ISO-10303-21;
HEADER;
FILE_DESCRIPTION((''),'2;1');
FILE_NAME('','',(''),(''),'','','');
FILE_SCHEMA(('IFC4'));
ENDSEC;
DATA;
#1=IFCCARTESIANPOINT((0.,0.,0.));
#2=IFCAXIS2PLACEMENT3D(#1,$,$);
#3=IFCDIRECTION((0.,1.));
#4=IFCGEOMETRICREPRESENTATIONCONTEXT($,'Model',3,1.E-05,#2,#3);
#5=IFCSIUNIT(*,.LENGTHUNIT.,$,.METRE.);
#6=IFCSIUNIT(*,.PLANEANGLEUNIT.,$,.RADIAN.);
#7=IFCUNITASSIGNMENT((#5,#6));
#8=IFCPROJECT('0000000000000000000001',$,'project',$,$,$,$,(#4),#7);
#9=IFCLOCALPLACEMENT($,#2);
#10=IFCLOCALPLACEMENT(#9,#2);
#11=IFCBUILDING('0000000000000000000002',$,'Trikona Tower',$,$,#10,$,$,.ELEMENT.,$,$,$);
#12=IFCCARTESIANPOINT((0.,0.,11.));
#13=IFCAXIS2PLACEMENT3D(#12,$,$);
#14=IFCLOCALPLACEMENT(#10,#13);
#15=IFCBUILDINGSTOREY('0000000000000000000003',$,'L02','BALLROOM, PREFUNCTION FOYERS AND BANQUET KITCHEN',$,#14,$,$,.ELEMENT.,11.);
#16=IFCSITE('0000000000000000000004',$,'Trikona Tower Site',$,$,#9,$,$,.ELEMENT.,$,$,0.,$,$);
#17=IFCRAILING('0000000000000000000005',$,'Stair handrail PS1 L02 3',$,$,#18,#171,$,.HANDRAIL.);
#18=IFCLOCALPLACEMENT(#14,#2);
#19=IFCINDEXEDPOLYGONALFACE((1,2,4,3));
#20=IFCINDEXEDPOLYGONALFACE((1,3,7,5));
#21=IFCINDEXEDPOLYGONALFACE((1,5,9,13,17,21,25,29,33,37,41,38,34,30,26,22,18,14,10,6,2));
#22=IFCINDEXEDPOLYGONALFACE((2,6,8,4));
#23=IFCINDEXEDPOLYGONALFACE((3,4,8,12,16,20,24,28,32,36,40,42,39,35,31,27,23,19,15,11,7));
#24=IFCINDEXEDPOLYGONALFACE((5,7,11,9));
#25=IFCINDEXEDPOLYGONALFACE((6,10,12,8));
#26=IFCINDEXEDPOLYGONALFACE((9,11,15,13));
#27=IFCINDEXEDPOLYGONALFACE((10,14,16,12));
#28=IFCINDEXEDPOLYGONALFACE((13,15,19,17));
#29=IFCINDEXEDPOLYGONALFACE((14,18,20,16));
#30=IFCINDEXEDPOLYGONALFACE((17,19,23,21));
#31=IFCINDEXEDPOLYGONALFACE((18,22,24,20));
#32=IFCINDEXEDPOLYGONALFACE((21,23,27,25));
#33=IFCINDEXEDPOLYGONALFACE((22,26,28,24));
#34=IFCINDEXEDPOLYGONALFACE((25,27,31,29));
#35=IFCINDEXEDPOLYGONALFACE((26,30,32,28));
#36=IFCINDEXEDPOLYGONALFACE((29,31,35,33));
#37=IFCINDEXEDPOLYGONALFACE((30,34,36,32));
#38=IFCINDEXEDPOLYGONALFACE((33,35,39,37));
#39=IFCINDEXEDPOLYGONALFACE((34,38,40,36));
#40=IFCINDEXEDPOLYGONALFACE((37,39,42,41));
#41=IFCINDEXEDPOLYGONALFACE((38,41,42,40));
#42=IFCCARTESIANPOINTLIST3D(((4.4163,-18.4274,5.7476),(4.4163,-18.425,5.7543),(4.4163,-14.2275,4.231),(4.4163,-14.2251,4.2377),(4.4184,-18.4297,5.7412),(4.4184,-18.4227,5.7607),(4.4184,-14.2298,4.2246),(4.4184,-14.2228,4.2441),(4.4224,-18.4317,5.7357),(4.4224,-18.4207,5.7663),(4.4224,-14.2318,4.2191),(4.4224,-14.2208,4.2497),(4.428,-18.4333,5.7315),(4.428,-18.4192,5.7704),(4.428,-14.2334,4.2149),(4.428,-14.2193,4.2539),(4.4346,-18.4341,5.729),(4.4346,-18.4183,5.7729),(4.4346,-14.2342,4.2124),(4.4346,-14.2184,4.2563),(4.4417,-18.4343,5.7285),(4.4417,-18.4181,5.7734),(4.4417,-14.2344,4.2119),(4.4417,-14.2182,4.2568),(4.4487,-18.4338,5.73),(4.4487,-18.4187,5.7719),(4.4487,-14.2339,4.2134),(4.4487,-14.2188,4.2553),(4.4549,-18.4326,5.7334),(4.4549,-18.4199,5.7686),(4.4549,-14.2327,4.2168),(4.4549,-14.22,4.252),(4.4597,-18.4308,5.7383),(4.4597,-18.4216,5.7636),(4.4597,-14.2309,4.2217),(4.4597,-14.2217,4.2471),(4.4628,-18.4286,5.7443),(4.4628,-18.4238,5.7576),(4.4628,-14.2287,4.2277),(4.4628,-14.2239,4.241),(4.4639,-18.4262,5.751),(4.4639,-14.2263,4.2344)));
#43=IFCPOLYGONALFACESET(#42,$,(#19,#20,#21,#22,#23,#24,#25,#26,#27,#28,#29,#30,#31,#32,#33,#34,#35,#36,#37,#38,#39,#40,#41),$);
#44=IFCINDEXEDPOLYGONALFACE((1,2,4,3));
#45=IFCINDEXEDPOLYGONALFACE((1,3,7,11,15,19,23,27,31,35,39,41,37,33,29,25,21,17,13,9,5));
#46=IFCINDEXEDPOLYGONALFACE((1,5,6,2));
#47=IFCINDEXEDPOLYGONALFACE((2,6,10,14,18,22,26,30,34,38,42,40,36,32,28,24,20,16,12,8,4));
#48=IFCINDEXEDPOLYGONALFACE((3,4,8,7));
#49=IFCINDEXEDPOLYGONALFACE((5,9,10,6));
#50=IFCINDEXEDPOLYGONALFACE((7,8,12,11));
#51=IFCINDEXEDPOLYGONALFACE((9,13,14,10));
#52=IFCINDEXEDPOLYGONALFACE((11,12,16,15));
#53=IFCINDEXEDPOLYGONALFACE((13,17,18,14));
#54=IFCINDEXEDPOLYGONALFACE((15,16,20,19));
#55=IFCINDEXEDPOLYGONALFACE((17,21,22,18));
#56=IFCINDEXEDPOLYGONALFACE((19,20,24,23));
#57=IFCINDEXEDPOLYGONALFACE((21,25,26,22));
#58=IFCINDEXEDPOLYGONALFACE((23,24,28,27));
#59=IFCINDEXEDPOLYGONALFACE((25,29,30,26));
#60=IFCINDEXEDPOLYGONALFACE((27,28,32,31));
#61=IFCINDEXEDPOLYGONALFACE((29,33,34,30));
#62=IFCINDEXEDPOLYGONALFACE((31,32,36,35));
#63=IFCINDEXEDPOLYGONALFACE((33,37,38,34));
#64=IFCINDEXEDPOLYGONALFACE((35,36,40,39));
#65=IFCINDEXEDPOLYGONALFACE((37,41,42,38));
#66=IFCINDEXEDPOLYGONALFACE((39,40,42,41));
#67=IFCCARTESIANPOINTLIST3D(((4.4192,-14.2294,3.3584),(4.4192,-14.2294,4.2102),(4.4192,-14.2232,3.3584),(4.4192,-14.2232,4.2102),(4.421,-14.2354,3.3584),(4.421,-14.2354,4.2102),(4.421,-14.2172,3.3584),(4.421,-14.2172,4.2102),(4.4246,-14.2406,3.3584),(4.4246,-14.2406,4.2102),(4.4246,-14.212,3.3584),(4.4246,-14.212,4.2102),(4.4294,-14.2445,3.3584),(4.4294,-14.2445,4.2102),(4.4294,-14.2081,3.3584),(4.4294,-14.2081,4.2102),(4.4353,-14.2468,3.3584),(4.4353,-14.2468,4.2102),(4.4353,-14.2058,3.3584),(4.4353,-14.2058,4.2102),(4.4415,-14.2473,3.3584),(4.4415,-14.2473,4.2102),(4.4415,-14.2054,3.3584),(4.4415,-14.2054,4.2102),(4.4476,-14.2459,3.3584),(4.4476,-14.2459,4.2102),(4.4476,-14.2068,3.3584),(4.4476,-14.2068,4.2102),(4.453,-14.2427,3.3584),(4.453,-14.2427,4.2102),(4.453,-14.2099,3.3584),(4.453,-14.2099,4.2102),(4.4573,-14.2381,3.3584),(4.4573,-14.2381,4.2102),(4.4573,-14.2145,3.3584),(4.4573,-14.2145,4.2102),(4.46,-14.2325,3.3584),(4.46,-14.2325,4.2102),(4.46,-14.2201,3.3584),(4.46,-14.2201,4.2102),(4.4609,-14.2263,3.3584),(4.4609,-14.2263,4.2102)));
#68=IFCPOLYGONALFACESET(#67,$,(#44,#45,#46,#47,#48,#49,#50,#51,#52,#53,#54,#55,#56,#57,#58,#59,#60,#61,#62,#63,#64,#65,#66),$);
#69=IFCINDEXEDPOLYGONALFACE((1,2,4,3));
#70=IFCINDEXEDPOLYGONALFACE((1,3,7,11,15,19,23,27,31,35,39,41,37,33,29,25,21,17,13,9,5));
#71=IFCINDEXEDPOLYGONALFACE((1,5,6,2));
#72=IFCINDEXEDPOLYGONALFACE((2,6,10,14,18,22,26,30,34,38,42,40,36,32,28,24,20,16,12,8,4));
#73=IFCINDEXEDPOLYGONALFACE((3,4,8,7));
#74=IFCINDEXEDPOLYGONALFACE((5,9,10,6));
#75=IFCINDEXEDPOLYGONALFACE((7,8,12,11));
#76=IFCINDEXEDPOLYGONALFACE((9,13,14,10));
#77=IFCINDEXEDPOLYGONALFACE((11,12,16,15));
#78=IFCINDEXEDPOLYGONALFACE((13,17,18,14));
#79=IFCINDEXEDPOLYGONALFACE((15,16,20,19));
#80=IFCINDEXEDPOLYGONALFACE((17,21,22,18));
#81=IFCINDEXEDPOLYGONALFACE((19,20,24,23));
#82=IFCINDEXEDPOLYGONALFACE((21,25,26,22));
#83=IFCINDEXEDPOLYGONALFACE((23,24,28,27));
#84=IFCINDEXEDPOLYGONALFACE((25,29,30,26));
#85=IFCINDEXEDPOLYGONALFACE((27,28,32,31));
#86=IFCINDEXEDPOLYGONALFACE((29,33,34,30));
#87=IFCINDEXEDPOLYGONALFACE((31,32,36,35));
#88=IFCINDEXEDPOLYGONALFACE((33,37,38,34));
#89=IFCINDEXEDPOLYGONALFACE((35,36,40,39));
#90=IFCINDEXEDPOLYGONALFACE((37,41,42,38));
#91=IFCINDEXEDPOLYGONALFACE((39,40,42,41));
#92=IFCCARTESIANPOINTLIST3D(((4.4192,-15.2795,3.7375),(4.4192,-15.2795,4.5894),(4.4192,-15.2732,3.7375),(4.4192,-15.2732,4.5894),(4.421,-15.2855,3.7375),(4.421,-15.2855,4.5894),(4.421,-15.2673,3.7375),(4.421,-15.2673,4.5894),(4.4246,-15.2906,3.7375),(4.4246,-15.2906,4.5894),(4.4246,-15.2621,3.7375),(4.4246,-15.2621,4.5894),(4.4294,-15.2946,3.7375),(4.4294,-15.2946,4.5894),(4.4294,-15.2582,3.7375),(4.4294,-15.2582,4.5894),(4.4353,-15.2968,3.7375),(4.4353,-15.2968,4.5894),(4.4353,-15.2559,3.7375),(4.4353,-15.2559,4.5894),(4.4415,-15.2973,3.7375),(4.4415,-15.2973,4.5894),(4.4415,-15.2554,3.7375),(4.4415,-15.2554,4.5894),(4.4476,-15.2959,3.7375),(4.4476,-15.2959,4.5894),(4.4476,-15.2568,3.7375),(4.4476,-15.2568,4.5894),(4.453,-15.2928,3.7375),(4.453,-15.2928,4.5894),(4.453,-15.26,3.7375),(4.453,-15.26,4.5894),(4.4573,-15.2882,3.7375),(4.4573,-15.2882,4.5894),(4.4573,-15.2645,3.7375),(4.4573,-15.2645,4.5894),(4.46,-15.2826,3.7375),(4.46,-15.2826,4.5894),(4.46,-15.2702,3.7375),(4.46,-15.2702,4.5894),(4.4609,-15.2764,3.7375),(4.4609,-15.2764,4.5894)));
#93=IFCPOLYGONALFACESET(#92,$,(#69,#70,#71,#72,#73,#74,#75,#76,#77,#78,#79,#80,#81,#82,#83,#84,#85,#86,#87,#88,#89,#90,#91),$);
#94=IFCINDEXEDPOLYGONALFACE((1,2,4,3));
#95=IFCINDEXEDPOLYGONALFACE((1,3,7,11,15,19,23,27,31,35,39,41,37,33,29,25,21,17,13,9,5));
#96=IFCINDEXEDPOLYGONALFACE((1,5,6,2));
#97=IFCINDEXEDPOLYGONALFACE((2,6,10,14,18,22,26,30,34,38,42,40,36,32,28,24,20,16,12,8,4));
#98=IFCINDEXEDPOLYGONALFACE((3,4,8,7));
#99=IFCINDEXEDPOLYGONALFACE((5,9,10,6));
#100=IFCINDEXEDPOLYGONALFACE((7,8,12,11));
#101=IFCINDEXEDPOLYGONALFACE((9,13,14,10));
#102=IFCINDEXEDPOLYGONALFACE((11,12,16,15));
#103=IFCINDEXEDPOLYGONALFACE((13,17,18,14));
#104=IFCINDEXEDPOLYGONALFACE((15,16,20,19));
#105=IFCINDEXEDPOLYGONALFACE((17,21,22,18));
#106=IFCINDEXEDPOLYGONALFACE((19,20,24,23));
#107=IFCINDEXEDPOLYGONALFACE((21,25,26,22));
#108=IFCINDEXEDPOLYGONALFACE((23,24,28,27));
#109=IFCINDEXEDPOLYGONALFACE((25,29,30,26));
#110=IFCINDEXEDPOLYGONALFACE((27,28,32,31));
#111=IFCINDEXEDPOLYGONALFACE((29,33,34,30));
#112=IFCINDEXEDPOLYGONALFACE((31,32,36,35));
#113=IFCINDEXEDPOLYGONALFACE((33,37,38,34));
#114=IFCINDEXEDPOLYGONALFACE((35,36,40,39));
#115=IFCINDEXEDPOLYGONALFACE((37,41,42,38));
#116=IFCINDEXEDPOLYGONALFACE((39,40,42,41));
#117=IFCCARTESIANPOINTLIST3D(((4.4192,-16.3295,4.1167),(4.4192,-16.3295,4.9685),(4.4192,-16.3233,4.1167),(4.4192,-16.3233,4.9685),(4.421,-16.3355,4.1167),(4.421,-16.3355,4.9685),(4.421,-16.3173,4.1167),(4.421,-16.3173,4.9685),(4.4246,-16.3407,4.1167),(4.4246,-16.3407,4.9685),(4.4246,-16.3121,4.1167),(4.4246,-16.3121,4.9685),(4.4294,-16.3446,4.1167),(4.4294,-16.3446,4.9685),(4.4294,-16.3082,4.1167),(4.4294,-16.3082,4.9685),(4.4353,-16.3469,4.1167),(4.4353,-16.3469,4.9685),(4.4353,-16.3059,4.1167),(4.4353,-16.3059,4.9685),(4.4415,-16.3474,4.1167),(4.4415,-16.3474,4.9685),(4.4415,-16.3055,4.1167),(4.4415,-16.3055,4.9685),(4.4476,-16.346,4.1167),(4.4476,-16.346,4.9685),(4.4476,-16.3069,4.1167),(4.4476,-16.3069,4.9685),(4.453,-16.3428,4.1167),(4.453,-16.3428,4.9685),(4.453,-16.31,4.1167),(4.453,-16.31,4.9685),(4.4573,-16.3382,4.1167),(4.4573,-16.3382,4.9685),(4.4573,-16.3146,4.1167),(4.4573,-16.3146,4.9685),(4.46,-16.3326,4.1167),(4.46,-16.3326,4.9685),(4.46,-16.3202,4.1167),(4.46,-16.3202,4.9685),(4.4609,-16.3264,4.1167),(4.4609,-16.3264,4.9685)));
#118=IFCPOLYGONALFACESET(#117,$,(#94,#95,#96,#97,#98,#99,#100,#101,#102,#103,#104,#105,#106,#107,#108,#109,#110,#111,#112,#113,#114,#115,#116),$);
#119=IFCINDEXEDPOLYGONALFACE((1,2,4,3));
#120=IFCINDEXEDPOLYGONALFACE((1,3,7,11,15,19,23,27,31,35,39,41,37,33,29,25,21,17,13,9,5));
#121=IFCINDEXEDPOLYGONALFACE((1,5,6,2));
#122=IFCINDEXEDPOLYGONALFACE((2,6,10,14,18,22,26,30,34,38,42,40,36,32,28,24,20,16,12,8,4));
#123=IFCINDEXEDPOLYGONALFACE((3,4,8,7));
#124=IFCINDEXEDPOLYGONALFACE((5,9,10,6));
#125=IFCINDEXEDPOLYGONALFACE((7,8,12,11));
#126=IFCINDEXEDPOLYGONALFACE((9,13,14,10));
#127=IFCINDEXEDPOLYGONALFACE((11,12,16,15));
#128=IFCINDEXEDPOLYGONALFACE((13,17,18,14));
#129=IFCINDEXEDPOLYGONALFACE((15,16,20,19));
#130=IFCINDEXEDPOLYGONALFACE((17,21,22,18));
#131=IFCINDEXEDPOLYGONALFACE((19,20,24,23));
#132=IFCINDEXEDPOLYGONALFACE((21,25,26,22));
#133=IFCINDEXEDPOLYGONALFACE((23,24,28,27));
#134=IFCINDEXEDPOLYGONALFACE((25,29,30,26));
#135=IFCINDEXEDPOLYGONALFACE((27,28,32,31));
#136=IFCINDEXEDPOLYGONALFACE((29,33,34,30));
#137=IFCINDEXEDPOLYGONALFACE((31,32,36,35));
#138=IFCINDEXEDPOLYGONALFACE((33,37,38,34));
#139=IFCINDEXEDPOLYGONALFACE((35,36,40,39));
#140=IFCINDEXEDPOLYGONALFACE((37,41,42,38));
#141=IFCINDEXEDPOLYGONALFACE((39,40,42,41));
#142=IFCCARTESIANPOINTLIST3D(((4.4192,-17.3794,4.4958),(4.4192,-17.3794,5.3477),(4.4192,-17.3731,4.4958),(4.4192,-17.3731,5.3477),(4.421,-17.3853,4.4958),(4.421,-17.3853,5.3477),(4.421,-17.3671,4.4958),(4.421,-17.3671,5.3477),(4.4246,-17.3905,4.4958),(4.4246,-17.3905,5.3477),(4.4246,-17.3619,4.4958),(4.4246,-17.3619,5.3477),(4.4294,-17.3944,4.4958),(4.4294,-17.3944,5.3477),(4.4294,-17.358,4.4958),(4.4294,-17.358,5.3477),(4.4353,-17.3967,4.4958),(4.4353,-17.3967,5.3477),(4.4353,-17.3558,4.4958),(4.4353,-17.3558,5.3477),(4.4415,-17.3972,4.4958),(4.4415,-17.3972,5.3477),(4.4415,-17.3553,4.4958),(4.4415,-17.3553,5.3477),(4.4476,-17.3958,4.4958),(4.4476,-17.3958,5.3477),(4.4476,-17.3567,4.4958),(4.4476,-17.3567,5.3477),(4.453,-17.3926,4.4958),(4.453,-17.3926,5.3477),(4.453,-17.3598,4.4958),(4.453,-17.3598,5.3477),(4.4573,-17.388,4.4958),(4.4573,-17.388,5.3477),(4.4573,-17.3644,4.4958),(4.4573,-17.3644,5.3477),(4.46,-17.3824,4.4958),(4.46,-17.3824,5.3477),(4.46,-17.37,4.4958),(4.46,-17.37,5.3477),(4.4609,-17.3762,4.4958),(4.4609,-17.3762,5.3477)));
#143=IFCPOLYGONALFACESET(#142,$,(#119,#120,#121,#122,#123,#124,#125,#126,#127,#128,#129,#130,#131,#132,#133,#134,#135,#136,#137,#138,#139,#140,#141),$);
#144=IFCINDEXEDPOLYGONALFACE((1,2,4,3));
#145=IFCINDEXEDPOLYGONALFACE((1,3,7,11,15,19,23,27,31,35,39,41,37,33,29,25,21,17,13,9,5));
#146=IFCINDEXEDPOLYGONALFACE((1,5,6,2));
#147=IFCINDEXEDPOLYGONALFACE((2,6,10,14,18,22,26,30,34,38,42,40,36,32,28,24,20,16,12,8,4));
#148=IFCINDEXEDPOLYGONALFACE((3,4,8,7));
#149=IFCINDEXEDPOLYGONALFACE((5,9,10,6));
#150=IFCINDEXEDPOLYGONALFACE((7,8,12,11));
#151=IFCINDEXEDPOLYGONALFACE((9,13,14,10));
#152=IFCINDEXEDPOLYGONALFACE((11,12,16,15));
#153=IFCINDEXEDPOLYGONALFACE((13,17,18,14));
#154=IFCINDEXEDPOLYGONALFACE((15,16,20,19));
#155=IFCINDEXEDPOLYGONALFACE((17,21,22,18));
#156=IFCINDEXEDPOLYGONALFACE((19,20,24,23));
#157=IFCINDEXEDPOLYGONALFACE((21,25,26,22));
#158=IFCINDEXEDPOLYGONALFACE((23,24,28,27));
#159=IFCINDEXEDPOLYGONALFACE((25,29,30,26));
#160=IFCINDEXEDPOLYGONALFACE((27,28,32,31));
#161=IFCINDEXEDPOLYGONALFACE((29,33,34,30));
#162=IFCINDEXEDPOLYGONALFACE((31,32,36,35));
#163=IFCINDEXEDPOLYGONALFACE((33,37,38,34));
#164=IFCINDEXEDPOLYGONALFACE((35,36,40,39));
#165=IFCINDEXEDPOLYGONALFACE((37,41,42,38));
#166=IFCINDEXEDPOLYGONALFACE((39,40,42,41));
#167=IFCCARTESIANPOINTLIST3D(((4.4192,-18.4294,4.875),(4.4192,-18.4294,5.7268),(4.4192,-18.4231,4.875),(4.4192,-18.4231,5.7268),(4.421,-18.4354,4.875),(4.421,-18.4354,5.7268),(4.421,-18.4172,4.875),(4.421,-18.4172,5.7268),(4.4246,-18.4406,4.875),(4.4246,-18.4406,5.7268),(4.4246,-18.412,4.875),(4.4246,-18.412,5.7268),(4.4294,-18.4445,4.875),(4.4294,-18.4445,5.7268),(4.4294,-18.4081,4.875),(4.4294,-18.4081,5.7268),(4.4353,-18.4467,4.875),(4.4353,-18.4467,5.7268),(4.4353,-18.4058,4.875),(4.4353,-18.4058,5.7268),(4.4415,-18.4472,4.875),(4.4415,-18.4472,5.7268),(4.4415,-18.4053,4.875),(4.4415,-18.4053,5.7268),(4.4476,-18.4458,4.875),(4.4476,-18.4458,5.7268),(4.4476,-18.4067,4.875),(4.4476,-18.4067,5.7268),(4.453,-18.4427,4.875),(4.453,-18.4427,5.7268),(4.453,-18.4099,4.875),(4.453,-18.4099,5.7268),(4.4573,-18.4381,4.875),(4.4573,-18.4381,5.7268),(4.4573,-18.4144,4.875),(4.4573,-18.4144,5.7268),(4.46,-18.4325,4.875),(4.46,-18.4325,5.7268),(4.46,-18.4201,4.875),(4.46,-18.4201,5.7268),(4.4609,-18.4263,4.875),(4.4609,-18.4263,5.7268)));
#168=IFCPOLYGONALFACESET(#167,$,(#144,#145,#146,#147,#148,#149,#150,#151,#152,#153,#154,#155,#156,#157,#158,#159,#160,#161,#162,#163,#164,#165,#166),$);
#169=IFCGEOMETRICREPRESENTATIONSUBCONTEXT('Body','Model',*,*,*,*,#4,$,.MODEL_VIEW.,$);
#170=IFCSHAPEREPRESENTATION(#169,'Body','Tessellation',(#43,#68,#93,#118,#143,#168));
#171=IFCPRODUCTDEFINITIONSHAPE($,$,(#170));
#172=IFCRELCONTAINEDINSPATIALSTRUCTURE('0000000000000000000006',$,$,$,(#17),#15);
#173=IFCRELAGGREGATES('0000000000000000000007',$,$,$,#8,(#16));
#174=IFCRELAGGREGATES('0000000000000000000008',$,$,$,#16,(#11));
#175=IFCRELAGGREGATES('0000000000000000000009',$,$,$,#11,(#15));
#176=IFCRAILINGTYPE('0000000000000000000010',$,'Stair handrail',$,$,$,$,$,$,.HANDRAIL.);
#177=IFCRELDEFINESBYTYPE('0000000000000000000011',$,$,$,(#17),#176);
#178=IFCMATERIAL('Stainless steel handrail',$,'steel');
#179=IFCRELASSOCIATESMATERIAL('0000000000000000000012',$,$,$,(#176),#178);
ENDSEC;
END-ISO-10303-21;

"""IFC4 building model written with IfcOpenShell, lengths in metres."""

from ifc_helpers import new_model, si_unit, direction, frame, origin, origin_2d, place, context, subcontext, project, spatial, circle, extrude, material, type_object, element, save


model = new_model("IFC4")

# Units and contexts
model_context = context("Model", 3, precision=1e-05, world=origin(), true_north=direction((0.0, 1.0)))
body_context = subcontext(model_context, "Body", "Model", "MODEL_VIEW")
ifc_project = project(units=[si_unit("LENGTHUNIT", "METRE"), si_unit("PLANEANGLEUNIT", "RADIAN")], contexts=[model_context])

# Site, building, storey
site_placement = place(None, origin())
site = spatial("IfcSite", under=ifc_project, at=site_placement, Name="Trikona Tower Site", CompositionType="ELEMENT", RefElevation=0.0)
building_placement = place(site_placement, origin())
building = spatial("IfcBuilding", under=site, at=building_placement, Name="Trikona Tower", CompositionType="ELEMENT")
storey_placement = place(building_placement, frame((0.0, 0.0, 11.0)))
storey = spatial("IfcBuildingStorey", under=building, at=storey_placement, Name="L02", Description="BALLROOM, PREFUNCTION FOYERS AND BANQUET KITCHEN", CompositionType="ELEMENT", Elevation=11.0)

# Railing
ifc_material_1 = material(Name="Stainless steel handrail", Category="steel")
railing_type = type_object("IfcRailingType", Name="Stair handrail", PredefinedType="HANDRAIL", material=ifc_material_1)
railing_placement = place(storey_placement, frame((4.4399, -14.2263, 3.3584)))
element("IfcRailing", 1, at=railing_placement, inside=storey, type_object=railing_type, Name="Stair handrail PS1 L02 3", PredefinedType="HANDRAIL", context=body_context, shape_type="SweptSolid", body=[
    extrude(circle(Radius=0.0239, at=origin_2d()), frame((0.0, 0.0, 0.876), z_axis=(0.0, -0.940557, 0.339635), x_axis=(1.0, 0.0, 0.0)), (0.0, 0.0, 1.0), 4.4653),
    extrude(circle(Radius=0.021, at=origin_2d()), origin(), (0.0, 0.0, 1.0), 0.8518),
    extrude(circle(Radius=0.021, at=origin_2d()), frame((0.0, -1.05, 0.3792)), (0.0, 0.0, 1.0), 0.8518),
    extrude(circle(Radius=0.021, at=origin_2d()), frame((0.0, -2.1001, 0.7583)), (0.0, 0.0, 1.0), 0.8518),
    extrude(circle(Radius=0.021, at=origin_2d()), frame((0.0, -3.1499, 1.1375)), (0.0, 0.0, 1.0), 0.8518),
    extrude(circle(Radius=0.021, at=origin_2d()), frame((0.0, -4.2, 1.5166)), (0.0, 0.0, 1.0), 0.8518),
])

save(model, "model.ifc")
